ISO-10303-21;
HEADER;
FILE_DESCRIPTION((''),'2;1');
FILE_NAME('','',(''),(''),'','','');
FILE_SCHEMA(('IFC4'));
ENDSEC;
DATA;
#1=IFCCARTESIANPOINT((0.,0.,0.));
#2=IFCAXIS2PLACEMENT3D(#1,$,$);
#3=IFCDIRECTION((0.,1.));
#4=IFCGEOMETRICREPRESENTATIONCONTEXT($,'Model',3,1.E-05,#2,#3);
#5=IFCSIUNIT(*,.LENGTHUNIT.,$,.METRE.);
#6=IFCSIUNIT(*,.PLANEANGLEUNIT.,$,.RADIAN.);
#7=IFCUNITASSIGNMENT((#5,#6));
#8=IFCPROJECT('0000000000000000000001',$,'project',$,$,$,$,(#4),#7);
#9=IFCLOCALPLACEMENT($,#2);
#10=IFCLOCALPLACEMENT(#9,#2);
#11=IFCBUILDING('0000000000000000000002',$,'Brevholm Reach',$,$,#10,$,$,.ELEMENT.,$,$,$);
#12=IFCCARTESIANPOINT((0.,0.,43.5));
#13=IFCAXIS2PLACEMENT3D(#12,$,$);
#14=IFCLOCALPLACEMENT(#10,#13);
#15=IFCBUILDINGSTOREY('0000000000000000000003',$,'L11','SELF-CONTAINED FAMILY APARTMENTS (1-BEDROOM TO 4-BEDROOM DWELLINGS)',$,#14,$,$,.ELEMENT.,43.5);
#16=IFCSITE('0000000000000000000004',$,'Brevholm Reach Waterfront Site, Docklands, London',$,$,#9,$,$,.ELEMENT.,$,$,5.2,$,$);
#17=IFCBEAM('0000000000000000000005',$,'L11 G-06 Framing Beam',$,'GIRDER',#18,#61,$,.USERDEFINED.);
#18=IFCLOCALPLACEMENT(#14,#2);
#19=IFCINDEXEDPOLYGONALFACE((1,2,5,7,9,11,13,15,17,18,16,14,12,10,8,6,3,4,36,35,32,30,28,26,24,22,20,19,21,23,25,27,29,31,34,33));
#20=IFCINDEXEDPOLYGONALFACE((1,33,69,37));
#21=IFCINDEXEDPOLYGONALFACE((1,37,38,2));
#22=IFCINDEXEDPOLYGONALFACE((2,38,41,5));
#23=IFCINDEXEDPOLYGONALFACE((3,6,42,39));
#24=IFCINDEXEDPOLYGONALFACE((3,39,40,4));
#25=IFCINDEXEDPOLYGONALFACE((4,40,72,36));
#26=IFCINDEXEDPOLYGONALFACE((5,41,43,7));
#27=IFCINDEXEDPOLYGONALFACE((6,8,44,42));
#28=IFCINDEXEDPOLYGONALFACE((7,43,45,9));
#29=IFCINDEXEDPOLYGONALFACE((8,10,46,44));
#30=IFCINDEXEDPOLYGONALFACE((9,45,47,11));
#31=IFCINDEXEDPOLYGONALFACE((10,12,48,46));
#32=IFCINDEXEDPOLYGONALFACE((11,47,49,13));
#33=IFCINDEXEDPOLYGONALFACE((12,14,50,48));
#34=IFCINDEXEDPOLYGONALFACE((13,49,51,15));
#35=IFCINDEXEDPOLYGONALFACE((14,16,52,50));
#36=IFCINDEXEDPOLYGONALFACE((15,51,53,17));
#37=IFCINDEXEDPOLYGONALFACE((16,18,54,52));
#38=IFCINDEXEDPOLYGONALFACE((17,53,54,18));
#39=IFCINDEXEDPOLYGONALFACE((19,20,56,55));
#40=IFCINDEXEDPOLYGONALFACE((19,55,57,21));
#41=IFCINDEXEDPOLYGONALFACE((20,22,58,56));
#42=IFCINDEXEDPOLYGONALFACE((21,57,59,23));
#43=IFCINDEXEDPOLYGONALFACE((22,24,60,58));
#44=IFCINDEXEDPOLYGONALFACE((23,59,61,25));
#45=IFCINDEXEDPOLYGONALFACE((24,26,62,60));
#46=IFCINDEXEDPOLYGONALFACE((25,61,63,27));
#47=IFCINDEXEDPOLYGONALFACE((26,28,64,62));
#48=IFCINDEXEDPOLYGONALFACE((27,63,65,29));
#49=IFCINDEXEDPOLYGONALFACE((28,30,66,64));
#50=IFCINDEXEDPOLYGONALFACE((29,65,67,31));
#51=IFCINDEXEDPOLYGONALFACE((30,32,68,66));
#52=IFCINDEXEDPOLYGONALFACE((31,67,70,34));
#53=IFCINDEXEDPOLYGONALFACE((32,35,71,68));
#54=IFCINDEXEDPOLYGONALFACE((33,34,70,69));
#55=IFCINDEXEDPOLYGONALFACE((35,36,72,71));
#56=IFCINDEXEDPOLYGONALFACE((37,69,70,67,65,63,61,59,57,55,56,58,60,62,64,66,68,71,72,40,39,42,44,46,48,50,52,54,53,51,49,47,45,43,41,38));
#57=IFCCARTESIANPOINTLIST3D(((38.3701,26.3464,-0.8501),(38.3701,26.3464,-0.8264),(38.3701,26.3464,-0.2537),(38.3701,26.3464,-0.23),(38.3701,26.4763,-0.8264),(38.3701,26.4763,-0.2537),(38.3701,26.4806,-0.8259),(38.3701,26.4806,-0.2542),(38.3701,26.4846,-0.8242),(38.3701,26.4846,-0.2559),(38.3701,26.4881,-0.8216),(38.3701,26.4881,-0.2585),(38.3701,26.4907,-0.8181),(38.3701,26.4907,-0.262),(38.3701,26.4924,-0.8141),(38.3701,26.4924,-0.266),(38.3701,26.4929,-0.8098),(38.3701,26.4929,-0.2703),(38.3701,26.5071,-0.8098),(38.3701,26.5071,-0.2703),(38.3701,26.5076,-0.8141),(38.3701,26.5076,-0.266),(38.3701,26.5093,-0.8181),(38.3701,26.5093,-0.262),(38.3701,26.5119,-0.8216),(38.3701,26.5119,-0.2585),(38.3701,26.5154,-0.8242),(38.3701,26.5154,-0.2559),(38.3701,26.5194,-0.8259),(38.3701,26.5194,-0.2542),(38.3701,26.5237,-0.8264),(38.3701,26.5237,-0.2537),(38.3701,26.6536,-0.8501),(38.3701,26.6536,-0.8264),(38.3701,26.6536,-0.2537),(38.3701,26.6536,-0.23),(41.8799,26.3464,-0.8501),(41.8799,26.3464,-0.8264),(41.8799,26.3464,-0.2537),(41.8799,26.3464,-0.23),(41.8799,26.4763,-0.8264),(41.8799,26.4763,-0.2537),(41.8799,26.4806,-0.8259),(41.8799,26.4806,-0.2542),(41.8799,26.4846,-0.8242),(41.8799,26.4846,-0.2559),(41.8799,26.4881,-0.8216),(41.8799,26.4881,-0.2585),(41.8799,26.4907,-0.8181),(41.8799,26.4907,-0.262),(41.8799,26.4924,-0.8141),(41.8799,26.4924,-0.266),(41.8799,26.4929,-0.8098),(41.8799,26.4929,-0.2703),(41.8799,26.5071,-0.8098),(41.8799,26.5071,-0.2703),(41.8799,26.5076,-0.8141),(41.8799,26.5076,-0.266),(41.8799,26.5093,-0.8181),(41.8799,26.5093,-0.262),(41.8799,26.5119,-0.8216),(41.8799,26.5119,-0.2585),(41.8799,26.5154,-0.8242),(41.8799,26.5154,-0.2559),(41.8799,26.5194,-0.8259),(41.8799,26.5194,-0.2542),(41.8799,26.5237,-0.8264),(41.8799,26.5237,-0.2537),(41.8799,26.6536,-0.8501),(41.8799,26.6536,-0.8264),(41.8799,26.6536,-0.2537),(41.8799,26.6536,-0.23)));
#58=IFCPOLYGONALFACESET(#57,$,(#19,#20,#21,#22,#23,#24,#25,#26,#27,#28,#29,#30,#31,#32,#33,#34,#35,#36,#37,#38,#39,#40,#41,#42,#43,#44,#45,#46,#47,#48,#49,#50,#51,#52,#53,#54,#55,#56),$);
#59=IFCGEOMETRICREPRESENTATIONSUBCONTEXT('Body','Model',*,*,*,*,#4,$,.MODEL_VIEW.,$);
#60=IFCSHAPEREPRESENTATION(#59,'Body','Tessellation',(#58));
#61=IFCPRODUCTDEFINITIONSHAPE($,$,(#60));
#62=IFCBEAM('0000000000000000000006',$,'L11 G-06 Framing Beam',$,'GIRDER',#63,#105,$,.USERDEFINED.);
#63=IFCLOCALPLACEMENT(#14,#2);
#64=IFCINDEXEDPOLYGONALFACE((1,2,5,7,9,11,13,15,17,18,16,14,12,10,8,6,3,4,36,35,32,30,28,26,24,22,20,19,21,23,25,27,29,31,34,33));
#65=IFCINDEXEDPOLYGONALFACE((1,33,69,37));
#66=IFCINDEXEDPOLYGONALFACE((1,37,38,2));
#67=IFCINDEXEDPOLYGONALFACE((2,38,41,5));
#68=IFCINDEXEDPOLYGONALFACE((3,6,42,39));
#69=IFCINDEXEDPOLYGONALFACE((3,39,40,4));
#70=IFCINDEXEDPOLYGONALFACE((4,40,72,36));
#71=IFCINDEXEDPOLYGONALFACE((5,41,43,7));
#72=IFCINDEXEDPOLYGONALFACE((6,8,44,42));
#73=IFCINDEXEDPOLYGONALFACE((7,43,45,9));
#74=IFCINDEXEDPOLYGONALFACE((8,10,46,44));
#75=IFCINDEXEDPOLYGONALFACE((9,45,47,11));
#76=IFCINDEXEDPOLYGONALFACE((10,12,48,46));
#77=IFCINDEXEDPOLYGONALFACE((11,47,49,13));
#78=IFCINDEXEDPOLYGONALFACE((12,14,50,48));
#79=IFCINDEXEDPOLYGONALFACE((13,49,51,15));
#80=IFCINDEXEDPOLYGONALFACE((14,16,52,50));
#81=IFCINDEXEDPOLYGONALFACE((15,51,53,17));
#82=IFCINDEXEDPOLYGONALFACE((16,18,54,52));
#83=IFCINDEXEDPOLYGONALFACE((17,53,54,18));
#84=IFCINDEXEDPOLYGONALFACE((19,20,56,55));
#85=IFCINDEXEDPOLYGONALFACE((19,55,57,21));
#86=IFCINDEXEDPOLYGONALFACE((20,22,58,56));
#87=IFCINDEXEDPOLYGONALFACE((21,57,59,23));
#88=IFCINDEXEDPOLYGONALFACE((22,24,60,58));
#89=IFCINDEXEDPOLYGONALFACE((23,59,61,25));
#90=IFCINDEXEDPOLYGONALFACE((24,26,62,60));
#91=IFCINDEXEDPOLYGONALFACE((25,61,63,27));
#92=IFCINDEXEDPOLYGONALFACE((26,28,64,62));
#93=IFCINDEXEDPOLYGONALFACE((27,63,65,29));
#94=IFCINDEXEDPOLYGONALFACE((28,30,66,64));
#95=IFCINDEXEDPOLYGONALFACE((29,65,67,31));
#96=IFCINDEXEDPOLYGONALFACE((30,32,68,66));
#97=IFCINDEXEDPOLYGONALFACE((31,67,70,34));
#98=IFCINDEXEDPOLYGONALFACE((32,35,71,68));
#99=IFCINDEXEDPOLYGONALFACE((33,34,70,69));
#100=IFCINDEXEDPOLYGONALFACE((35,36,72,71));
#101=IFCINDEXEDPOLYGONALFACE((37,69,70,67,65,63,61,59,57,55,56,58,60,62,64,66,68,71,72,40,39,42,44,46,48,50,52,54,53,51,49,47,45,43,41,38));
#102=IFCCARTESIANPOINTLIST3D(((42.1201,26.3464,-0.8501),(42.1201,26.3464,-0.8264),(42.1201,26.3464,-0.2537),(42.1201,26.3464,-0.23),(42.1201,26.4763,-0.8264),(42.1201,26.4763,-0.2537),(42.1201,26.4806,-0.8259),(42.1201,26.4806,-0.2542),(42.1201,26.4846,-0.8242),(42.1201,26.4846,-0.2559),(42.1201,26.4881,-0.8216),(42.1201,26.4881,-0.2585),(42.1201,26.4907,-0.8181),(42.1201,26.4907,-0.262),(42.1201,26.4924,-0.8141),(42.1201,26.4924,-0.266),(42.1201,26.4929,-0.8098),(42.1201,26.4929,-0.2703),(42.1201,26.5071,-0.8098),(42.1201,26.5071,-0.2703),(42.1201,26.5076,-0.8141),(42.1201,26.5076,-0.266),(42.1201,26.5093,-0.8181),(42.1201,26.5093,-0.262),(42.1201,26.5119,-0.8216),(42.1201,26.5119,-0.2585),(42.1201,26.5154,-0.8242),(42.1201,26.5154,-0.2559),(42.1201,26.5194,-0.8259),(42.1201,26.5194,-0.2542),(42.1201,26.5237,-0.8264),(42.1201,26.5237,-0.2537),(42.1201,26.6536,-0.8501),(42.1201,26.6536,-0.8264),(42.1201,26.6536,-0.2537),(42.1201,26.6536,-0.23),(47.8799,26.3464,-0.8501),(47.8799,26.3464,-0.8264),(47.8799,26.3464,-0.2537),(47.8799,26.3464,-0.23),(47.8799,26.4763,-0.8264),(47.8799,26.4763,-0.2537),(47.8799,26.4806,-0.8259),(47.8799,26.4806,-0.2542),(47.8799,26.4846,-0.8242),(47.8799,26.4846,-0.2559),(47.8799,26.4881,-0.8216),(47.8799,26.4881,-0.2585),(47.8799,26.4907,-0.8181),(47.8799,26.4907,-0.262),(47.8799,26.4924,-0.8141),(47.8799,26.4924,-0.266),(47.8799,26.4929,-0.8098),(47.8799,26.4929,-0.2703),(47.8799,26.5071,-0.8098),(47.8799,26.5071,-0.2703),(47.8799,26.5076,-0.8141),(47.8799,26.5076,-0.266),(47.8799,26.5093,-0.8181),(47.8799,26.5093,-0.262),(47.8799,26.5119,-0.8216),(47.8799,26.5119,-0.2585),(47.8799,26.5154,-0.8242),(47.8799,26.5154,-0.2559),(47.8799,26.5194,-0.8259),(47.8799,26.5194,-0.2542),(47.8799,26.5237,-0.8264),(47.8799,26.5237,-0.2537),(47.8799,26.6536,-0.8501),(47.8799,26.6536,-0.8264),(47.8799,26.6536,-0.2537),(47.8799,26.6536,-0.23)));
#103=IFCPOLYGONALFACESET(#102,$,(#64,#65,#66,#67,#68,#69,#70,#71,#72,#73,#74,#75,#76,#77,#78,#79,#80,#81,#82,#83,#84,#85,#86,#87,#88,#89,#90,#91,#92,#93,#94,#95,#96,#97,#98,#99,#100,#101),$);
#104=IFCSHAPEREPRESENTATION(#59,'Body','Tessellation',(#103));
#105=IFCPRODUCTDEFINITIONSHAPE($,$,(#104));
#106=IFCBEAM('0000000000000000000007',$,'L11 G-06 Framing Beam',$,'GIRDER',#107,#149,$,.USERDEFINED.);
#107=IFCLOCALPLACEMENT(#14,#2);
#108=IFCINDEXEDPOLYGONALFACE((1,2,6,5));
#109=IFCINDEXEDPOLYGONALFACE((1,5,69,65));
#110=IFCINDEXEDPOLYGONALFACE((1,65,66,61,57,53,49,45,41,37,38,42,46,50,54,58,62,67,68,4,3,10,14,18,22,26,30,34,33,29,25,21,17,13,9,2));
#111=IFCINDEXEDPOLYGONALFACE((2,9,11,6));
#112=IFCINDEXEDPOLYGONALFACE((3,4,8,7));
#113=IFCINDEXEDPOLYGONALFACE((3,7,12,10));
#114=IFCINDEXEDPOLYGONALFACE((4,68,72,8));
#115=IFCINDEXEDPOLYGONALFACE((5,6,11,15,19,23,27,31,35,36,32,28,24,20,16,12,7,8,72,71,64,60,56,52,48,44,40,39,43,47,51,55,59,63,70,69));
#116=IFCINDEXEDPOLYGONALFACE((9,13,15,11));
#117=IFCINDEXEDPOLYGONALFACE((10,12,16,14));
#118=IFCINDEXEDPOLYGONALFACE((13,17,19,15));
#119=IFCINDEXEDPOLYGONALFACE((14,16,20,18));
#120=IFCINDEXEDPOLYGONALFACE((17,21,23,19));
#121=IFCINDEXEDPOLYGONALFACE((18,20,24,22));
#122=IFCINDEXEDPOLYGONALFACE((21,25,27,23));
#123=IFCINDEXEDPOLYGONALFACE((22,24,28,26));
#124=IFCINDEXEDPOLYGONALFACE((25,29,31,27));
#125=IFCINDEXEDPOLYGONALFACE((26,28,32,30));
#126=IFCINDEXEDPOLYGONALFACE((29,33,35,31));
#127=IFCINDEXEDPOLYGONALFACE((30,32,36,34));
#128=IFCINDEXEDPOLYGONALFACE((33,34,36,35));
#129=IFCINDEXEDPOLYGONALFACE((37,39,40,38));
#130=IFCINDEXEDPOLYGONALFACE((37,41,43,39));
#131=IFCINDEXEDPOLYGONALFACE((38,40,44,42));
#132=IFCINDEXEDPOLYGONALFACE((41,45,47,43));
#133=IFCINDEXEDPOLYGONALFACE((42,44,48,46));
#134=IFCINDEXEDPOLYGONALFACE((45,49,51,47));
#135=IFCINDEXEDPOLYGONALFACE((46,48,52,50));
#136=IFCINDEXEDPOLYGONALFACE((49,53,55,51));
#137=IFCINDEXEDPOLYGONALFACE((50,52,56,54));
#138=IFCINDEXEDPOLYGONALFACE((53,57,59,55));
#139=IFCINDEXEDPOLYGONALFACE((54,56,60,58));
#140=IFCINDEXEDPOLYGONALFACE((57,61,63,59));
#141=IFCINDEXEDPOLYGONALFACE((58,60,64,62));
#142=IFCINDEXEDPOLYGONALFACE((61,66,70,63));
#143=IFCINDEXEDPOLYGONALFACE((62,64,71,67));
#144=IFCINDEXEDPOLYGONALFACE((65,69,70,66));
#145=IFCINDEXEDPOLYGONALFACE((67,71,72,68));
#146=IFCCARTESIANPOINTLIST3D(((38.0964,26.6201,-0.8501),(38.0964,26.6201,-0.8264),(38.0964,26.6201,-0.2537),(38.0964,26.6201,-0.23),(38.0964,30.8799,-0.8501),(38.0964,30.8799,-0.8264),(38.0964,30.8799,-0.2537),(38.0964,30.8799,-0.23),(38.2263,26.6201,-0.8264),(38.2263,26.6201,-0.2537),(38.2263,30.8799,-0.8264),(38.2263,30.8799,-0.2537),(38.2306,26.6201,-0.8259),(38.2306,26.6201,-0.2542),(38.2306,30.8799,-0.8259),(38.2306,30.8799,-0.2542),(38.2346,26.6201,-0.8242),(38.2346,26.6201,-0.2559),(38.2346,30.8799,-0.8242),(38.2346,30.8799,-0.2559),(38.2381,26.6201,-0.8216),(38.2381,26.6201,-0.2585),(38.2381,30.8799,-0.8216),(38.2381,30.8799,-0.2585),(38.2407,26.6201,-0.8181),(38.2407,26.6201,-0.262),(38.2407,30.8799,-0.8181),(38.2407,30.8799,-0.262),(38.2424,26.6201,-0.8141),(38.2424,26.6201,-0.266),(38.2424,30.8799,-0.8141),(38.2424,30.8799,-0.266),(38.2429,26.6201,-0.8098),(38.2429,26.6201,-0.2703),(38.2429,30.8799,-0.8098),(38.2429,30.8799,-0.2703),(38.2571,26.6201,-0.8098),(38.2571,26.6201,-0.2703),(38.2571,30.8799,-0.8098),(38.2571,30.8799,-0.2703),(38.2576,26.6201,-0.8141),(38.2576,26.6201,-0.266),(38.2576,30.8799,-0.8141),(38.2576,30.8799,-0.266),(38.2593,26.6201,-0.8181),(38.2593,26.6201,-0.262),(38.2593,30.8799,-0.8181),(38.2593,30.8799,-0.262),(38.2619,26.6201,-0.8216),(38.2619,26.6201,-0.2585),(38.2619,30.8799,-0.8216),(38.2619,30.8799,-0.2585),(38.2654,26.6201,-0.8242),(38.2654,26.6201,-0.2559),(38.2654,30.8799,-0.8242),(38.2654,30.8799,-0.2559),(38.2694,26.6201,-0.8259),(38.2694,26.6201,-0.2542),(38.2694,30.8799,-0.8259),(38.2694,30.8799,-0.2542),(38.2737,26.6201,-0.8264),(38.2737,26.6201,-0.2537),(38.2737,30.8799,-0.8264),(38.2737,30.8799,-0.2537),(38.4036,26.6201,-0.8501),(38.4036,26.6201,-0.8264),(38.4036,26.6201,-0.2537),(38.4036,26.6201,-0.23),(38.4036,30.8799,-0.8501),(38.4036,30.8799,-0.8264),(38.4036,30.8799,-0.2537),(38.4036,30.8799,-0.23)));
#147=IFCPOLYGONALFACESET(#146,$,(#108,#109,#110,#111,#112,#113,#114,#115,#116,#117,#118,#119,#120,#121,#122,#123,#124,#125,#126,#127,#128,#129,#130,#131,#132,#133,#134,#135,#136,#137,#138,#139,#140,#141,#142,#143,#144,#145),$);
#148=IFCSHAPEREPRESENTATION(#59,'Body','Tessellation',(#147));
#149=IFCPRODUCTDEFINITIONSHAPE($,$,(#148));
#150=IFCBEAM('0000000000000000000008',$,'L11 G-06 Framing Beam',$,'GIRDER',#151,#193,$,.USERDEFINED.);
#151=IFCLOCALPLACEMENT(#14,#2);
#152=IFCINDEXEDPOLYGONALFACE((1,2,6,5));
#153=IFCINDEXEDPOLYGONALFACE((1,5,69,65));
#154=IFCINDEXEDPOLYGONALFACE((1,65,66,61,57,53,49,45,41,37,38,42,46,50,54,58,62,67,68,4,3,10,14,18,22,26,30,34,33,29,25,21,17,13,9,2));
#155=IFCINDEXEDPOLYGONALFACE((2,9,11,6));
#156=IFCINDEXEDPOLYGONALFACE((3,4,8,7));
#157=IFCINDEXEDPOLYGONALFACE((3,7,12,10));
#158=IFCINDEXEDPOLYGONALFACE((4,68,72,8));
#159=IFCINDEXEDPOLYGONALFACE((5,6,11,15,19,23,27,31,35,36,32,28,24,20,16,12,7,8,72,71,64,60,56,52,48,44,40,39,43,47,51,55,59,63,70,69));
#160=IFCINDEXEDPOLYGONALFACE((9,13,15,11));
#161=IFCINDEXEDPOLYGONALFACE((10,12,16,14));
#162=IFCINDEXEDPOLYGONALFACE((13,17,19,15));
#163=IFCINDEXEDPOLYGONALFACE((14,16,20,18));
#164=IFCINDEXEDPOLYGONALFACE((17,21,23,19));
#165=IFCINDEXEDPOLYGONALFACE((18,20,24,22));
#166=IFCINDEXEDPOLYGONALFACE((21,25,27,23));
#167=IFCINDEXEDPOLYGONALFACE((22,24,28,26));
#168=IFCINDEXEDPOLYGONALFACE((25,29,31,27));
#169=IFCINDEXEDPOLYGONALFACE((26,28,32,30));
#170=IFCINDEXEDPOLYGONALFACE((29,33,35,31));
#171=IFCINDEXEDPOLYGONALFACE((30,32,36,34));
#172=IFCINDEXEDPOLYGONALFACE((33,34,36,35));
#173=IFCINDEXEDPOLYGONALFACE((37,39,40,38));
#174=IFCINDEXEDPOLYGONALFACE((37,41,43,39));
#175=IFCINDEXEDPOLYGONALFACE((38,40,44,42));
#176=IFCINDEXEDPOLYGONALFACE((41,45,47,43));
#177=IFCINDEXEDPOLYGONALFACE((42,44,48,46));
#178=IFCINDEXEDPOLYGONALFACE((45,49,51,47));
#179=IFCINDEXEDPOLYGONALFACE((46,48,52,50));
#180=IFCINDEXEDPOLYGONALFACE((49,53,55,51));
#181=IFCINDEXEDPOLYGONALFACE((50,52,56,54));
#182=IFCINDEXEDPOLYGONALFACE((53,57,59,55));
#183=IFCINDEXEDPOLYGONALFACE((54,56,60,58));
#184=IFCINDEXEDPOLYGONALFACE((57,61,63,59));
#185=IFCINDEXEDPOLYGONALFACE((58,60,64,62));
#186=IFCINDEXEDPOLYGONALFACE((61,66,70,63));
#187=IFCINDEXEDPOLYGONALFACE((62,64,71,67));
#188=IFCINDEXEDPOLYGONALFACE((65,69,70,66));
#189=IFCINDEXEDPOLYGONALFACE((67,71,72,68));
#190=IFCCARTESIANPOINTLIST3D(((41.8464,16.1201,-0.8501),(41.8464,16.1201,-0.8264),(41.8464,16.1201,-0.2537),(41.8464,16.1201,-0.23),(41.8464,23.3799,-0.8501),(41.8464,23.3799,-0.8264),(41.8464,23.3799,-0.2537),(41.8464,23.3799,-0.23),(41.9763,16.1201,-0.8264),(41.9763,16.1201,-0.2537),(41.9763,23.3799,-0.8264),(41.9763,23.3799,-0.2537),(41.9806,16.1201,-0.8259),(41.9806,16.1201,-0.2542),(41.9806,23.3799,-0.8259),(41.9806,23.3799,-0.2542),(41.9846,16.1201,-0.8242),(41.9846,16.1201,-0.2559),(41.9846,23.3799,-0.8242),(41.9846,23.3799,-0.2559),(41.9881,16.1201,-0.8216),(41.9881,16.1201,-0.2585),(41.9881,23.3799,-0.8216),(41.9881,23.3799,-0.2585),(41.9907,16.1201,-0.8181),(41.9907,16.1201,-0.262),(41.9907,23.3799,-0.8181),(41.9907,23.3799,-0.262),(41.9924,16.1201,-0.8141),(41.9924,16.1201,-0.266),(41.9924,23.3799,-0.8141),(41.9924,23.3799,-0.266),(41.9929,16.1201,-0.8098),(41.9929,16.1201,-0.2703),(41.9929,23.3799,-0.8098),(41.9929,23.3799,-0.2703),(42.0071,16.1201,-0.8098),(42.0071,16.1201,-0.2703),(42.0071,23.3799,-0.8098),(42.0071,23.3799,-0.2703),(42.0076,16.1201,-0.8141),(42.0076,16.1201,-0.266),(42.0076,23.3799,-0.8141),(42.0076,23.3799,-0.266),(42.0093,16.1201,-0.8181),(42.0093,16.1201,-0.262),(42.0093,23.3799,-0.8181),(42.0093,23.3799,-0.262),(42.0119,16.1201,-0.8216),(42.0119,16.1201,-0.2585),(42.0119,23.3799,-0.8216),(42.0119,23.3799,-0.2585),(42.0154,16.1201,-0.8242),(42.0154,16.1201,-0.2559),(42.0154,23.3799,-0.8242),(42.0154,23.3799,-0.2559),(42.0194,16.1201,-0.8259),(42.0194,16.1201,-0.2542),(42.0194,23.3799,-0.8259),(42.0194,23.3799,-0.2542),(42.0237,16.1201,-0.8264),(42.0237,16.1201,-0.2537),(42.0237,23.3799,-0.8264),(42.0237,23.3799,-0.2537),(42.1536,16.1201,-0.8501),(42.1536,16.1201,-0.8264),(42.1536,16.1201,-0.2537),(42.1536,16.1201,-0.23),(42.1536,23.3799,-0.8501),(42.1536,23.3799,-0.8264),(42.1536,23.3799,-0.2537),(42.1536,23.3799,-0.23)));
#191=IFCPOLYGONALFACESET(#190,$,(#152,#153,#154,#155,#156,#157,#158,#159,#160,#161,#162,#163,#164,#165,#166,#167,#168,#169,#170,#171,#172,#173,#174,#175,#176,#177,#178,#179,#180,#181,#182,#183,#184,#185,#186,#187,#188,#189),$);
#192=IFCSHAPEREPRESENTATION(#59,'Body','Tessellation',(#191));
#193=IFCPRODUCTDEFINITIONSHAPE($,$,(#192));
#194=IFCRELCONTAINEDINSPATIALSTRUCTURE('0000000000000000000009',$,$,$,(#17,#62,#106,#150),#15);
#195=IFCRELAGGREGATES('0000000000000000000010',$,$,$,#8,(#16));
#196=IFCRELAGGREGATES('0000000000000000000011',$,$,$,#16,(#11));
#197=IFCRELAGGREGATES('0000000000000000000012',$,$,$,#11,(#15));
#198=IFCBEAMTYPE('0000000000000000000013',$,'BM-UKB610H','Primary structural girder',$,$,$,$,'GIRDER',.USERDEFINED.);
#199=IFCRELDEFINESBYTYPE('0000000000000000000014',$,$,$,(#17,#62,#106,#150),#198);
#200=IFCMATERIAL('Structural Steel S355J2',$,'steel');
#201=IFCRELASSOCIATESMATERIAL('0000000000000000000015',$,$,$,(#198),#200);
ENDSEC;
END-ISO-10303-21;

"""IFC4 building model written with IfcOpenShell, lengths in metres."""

from ifc_helpers import new_model, si_unit, direction, frame, origin, origin_2d, place, context, subcontext, project, spatial, i_section, extrude, material, material_profile, profile_set, type_object, element, save


model = new_model("IFC4")

# Units and contexts
model_context = context("Model", 3, precision=1e-05, world=origin(), true_north=direction((0.0, 1.0)))
body_context = subcontext(model_context, "Body", "Model", "MODEL_VIEW")
ifc_project = project(units=[si_unit("LENGTHUNIT", "METRE"), si_unit("PLANEANGLEUNIT", "RADIAN")], contexts=[model_context])

# Site, building, storey
site_placement = place(None, origin())
site = spatial("IfcSite", under=ifc_project, at=site_placement, Name="Brevholm Reach Waterfront Site, Docklands, London", CompositionType="ELEMENT", RefElevation=5.2)
building_placement = place(site_placement, origin())
building = spatial("IfcBuilding", under=site, at=building_placement, Name="Brevholm Reach", CompositionType="ELEMENT")
storey_placement = place(building_placement, frame((0.0, 0.0, 43.5)))
storey = spatial("IfcBuildingStorey", under=building, at=storey_placement, Name="L11", Description="SELF-CONTAINED FAMILY APARTMENTS (1-BEDROOM TO 4-BEDROOM DWELLINGS)", CompositionType="ELEMENT", Elevation=43.5)

# Beams
ifc_material_1 = material(Name="Structural Steel S355J2", Category="steel")
ifc_material_profile_1 = material_profile(ifc_material_1, i_section(OverallWidth=0.3071, OverallDepth=0.6201, WebThickness=0.0142, FlangeThickness=0.0237, FilletRadius=0.0166, at=origin_2d()), Name="UKB 610x305x179")
ifc_profile_set_1 = profile_set([ifc_material_profile_1], Name="Structural Steel S355J2")
beam_type_1 = type_object("IfcBeamType", Name="BM-UKB610H", Description="Primary structural girder", ElementType="GIRDER", PredefinedType="USERDEFINED", material=ifc_profile_set_1)
beam_1_placement = place(storey_placement, frame((38.3701, 26.5, -0.54), z_axis=(1.0, 0.0, 0.0), x_axis=(0.0, 1.0, 0.0)))
element("IfcBeam", 1, at=beam_1_placement, inside=storey, type_object=beam_type_1, Name="L11 G-06 Framing Beam", ObjectType="GIRDER", PredefinedType="USERDEFINED", context=body_context, shape_type="SweptSolid", body=[
    extrude(i_section(OverallWidth=0.3071, OverallDepth=0.6201, WebThickness=0.0142, FlangeThickness=0.0237, FilletRadius=0.0166, at=origin_2d()), origin(), (0.0, 0.0, 1.0), 3.5098),
])
beam_2_placement = place(storey_placement, frame((42.1201, 26.5, -0.54), z_axis=(1.0, 0.0, 0.0), x_axis=(0.0, 1.0, 0.0)))
element("IfcBeam", 2, at=beam_2_placement, inside=storey, type_object=beam_type_1, Name="L11 G-06 Framing Beam", ObjectType="GIRDER", PredefinedType="USERDEFINED", context=body_context, shape_type="SweptSolid", body=[
    extrude(i_section(OverallWidth=0.3071, OverallDepth=0.6201, WebThickness=0.0142, FlangeThickness=0.0237, FilletRadius=0.0166, at=origin_2d()), origin(), (0.0, 0.0, 1.0), 5.7598),
])
beam_3_placement = place(storey_placement, frame((38.25, 26.6201, -0.54), z_axis=(0.0, 1.0, 0.0), x_axis=(-1.0, 0.0, 0.0)))
element("IfcBeam", 3, at=beam_3_placement, inside=storey, type_object=beam_type_1, Name="L11 G-06 Framing Beam", ObjectType="GIRDER", PredefinedType="USERDEFINED", context=body_context, shape_type="SweptSolid", body=[
    extrude(i_section(OverallWidth=0.3071, OverallDepth=0.6201, WebThickness=0.0142, FlangeThickness=0.0237, FilletRadius=0.0166, at=origin_2d()), origin(), (0.0, 0.0, 1.0), 4.2598),
])
beam_4_placement = place(storey_placement, frame((42.0, 16.1201, -0.54), z_axis=(0.0, 1.0, 0.0), x_axis=(-1.0, 0.0, 0.0)))
element("IfcBeam", 4, at=beam_4_placement, inside=storey, type_object=beam_type_1, Name="L11 G-06 Framing Beam", ObjectType="GIRDER", PredefinedType="USERDEFINED", context=body_context, shape_type="SweptSolid", body=[
    extrude(i_section(OverallWidth=0.3071, OverallDepth=0.6201, WebThickness=0.0142, FlangeThickness=0.0237, FilletRadius=0.0166, at=origin_2d()), origin(), (0.0, 0.0, 1.0), 7.2598),
])

save(model, "model.ifc")
